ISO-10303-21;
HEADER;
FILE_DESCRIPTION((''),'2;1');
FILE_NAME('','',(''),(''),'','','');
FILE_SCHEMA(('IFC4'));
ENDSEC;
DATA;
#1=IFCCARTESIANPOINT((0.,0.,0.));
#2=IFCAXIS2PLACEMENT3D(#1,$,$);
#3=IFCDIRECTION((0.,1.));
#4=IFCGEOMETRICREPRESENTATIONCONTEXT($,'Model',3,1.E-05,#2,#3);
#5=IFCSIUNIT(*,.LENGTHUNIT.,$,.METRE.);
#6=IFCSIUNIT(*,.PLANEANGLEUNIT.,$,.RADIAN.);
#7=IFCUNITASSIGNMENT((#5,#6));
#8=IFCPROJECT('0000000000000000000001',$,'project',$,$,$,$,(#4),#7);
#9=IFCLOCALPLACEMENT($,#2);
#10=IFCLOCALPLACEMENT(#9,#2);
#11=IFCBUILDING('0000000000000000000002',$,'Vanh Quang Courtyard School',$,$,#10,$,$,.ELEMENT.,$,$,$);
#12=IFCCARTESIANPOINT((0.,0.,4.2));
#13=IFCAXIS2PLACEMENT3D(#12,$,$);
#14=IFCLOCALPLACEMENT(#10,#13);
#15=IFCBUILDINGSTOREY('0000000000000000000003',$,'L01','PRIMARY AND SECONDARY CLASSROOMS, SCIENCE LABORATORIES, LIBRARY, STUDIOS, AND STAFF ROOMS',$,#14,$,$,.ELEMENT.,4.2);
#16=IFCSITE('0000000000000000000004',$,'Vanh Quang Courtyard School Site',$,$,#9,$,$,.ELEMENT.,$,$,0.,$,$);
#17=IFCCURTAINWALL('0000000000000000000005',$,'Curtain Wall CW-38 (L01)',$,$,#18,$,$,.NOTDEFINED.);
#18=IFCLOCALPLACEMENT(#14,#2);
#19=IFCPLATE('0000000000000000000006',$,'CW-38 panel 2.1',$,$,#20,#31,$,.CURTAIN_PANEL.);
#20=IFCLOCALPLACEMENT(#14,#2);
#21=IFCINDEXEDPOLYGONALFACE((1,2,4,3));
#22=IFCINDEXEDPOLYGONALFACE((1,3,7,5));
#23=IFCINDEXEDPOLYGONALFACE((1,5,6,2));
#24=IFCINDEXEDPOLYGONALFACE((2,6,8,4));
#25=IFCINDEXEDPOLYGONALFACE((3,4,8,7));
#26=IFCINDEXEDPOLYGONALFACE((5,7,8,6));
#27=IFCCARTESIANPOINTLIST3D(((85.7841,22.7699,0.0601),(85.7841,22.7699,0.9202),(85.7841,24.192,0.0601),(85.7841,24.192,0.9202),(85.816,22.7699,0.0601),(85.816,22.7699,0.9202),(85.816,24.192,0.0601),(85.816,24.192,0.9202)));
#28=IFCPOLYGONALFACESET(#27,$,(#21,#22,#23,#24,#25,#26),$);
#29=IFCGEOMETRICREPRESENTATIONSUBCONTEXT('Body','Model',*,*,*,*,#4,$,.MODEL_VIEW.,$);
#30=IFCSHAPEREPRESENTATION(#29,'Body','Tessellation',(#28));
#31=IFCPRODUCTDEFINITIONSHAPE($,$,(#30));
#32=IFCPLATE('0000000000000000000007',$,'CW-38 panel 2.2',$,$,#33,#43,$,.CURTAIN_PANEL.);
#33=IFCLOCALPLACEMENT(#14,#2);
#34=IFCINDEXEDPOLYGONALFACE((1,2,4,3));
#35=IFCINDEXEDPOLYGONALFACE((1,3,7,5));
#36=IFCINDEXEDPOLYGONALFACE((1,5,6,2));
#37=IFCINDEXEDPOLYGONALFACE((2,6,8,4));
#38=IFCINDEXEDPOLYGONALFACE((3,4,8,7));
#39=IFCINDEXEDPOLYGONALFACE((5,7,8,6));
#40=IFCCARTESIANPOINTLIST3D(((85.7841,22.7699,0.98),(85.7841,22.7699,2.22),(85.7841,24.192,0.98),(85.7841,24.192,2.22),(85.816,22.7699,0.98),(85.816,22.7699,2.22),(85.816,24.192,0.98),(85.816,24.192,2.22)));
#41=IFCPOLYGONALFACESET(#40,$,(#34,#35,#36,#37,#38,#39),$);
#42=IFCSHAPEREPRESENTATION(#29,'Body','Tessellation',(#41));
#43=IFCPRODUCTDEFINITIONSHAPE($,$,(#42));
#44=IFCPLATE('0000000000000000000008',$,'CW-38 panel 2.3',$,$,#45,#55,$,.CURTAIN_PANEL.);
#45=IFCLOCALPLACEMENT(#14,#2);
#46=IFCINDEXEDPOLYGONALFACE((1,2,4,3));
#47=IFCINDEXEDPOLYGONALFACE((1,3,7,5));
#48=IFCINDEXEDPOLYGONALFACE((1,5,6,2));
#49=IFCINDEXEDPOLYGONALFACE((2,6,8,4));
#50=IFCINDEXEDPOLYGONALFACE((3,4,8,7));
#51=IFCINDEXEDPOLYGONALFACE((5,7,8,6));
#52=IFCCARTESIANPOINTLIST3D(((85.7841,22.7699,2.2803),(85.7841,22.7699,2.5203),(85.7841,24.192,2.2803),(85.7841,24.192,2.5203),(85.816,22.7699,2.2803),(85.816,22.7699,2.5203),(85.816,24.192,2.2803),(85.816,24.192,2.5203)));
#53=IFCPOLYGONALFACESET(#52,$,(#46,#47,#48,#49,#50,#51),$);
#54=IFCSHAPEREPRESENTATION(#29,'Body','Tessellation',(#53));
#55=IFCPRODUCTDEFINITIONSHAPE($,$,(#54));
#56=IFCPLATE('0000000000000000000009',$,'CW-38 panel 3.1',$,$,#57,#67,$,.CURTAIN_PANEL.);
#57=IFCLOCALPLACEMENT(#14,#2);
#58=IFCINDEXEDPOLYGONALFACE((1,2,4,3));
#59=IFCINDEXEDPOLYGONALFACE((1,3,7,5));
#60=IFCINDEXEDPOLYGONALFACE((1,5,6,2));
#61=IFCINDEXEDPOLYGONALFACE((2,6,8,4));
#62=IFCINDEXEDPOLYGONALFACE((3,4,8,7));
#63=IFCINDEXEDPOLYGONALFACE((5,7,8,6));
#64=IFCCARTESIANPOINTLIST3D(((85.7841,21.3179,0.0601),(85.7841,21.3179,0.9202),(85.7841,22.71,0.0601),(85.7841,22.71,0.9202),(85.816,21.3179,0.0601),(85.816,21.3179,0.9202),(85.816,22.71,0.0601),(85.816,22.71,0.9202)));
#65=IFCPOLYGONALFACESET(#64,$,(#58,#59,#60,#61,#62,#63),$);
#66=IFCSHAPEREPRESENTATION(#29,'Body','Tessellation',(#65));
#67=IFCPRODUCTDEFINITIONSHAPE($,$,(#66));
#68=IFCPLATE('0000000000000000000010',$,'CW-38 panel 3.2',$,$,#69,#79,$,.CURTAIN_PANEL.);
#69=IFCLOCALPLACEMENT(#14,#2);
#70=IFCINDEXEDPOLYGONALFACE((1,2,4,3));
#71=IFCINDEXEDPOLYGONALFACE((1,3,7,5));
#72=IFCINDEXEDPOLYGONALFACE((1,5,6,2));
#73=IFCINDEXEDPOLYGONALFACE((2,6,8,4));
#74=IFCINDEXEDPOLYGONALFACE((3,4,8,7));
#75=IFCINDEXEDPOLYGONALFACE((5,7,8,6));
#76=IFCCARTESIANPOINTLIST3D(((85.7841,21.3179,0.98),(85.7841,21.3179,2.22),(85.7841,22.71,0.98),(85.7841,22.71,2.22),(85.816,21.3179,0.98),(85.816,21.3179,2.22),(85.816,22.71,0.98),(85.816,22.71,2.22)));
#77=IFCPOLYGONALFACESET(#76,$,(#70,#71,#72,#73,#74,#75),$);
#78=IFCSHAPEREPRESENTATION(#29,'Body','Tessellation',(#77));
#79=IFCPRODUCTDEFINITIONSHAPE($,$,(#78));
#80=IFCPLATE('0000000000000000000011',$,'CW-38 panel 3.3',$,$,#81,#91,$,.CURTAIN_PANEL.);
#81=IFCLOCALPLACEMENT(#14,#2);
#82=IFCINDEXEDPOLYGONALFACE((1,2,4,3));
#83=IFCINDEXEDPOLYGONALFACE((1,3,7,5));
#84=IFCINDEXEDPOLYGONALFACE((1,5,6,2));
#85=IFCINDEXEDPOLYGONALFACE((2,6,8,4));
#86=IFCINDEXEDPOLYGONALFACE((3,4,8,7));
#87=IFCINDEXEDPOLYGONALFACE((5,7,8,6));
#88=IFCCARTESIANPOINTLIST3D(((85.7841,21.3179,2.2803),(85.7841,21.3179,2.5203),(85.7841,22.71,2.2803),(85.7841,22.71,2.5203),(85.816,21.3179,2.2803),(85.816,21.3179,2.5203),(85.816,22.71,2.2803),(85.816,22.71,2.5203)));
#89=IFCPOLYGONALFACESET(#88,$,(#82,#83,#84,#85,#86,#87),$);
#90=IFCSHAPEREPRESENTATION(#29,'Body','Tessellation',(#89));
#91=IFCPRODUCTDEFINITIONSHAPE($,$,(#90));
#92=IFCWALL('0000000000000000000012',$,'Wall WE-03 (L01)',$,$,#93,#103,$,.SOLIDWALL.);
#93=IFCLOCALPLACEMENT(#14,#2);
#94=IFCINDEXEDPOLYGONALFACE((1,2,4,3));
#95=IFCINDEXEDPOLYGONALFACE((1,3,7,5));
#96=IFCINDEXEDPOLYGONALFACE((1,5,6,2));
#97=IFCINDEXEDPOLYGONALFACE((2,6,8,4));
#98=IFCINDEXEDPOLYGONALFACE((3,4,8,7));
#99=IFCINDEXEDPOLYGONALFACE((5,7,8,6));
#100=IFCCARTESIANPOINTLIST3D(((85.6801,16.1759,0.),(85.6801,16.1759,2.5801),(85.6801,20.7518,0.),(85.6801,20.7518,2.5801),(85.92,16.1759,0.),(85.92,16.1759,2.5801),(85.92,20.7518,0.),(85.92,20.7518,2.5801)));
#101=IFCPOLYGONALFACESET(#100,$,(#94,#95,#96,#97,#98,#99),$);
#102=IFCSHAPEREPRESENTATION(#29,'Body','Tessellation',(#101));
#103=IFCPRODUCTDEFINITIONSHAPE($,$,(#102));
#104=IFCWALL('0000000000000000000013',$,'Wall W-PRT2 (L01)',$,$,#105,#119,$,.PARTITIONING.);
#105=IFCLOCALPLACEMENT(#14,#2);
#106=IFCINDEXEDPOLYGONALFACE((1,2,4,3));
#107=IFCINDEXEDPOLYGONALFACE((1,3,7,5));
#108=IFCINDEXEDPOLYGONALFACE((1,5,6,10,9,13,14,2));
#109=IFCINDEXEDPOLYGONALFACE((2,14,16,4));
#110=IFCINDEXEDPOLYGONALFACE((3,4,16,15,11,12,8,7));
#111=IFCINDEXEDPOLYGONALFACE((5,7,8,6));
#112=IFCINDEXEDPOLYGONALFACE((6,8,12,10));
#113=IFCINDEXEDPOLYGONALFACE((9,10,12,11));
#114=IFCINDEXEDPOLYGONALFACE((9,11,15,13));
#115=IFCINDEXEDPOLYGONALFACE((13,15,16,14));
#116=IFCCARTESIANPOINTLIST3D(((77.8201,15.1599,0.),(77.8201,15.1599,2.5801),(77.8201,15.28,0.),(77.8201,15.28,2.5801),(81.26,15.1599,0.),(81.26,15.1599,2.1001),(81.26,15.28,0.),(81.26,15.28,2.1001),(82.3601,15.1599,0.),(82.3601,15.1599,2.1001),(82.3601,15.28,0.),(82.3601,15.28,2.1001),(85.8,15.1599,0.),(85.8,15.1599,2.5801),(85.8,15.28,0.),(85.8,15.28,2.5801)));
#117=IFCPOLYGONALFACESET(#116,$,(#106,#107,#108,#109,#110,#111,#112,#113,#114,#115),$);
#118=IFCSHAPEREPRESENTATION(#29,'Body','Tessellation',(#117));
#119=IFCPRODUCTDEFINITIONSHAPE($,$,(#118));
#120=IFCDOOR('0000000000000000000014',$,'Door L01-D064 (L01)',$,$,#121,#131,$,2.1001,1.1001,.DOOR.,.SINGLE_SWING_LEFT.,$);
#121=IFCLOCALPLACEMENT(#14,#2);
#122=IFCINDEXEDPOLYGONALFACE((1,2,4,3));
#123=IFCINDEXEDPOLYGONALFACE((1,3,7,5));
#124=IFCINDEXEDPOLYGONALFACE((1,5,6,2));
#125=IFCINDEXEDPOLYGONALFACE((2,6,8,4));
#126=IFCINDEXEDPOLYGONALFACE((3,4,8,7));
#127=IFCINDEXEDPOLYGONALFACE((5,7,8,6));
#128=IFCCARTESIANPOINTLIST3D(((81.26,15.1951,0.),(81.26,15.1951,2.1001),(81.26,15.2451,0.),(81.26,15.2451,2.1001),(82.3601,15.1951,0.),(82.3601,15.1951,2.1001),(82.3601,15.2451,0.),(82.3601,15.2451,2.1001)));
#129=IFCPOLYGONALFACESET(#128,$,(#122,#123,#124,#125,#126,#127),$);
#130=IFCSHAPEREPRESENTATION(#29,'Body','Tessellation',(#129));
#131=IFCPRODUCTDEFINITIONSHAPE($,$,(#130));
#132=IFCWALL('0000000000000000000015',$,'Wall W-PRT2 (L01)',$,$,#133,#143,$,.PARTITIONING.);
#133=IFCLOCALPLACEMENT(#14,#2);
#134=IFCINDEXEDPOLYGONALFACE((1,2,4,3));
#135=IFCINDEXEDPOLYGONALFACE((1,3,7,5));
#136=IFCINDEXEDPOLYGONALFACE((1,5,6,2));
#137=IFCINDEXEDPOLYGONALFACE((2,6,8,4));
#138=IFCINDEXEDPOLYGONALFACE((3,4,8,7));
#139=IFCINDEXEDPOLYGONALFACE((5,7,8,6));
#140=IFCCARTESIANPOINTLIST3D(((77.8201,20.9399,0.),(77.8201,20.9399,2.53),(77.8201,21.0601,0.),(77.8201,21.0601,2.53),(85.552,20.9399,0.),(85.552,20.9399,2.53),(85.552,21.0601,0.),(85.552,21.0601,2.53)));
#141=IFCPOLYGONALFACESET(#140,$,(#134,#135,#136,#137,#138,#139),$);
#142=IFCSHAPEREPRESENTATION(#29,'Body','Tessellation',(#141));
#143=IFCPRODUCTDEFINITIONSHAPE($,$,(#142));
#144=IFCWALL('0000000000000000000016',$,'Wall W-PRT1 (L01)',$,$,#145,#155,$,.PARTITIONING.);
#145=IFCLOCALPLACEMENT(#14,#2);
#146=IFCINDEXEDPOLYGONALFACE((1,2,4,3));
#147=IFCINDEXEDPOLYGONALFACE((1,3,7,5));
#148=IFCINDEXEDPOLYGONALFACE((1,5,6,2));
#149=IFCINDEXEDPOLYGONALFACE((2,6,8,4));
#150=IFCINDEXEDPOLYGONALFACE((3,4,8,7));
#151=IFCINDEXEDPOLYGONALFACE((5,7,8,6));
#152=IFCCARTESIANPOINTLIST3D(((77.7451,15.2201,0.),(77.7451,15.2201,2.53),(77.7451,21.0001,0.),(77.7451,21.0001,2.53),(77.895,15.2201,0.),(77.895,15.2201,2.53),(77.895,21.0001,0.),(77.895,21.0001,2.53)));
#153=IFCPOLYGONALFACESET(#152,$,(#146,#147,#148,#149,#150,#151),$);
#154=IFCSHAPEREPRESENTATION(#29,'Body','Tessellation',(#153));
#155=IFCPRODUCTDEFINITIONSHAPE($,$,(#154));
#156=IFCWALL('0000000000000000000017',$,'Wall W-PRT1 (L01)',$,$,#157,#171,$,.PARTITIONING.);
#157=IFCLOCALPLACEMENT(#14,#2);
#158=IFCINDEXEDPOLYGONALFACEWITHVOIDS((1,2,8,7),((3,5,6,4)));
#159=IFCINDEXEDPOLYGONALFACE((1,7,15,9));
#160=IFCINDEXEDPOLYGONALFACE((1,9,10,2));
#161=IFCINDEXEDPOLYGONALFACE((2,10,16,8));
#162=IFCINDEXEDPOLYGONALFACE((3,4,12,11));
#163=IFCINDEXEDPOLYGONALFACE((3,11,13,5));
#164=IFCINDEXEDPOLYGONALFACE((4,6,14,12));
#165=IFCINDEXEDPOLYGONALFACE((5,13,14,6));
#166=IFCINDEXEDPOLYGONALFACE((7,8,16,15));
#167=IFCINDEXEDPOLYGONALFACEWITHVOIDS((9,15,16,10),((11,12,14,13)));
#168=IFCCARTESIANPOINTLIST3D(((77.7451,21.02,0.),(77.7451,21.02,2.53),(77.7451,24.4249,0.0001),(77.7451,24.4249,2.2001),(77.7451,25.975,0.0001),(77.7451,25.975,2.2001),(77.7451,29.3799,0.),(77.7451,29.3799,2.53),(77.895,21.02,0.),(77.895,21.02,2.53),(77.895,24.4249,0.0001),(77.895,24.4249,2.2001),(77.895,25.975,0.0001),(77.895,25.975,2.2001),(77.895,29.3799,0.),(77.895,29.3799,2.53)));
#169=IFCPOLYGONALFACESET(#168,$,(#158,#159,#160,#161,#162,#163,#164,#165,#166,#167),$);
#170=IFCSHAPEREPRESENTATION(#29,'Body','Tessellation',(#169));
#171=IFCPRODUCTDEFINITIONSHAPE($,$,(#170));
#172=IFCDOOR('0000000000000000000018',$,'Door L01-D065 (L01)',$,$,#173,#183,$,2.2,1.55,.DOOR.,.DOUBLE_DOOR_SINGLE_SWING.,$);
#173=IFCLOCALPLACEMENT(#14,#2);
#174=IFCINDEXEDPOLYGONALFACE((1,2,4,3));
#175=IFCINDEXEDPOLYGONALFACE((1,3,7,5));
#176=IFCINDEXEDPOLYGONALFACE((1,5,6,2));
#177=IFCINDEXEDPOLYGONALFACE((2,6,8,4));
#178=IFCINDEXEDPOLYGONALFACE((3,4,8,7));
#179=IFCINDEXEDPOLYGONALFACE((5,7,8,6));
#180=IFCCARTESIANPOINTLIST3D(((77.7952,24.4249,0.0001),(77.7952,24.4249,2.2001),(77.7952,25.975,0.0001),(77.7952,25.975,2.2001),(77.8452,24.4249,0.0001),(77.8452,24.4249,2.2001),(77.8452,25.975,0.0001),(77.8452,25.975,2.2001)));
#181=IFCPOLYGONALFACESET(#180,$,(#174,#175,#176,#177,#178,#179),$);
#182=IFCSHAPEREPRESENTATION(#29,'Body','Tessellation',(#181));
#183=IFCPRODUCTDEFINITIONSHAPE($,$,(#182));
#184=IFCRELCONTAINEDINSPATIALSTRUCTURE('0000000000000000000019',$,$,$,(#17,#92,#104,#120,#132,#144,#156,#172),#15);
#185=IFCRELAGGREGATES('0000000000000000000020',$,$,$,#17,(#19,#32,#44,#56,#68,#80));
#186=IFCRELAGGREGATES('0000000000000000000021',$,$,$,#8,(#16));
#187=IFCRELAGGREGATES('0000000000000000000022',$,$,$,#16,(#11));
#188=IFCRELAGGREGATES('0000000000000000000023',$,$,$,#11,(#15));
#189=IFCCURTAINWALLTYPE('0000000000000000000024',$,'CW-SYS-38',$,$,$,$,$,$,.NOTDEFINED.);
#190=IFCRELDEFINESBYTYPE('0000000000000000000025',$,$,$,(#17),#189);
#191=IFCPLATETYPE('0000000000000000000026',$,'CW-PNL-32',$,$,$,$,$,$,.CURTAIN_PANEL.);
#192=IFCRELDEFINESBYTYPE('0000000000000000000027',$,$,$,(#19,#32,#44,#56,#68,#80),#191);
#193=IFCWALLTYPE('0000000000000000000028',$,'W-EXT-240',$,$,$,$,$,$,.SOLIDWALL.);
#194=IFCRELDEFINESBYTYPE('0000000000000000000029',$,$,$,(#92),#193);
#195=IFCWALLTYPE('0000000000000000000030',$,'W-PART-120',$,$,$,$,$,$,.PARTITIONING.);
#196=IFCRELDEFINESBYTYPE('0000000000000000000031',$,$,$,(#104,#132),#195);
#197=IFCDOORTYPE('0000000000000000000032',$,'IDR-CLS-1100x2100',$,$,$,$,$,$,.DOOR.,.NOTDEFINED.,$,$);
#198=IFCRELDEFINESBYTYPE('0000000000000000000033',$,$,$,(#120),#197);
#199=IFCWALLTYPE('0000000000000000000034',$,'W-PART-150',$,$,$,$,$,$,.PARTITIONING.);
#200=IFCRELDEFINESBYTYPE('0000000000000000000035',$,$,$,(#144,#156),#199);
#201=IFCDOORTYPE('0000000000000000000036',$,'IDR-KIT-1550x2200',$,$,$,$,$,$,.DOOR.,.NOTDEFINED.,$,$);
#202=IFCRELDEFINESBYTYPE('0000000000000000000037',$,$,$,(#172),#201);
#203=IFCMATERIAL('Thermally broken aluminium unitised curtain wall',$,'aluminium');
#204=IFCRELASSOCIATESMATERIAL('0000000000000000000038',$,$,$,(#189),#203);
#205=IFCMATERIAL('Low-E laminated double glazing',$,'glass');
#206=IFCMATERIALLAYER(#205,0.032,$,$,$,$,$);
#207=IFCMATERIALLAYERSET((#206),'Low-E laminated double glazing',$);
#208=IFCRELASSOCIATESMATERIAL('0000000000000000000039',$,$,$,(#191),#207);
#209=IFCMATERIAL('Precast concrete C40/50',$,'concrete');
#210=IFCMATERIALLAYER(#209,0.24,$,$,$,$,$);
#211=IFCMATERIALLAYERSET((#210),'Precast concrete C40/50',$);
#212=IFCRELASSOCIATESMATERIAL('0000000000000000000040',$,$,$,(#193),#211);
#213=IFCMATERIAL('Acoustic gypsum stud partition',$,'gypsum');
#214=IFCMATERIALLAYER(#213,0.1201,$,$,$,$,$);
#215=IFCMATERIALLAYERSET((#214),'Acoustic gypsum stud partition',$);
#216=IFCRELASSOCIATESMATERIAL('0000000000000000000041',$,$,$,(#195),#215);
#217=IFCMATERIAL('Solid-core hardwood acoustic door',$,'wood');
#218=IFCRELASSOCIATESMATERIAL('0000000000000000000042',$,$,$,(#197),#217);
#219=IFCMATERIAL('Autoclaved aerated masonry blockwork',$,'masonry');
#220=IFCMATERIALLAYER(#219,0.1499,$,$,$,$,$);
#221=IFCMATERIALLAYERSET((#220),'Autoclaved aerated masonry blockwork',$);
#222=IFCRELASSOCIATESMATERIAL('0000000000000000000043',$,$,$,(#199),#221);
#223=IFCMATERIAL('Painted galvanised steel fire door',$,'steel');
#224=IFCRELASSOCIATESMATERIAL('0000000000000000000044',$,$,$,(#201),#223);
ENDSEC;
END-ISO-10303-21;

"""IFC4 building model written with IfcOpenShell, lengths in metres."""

from ifc_helpers import new_model, si_unit, direction, frame, frame_2d, origin, origin_2d, place, context, subcontext, project, spatial, rectangle, extrude, material, layer, layer_set, type_object, element, fill, aggregate, save


model = new_model("IFC4")

# Units and contexts
model_context = context("Model", 3, precision=1e-05, world=origin(), true_north=direction((0.0, 1.0)))
body_context = subcontext(model_context, "Body", "Model", "MODEL_VIEW")
ifc_project = project(units=[si_unit("LENGTHUNIT", "METRE"), si_unit("PLANEANGLEUNIT", "RADIAN")], contexts=[model_context])

# Site, building, storey
site_placement = place(None, origin())
site = spatial("IfcSite", under=ifc_project, at=site_placement, Name="Vanh Quang Courtyard School Site", CompositionType="ELEMENT", RefElevation=0.0)
building_placement = place(site_placement, origin())
building = spatial("IfcBuilding", under=site, at=building_placement, Name="Vanh Quang Courtyard School", CompositionType="ELEMENT")
storey_placement = place(building_placement, frame((0.0, 0.0, 4.2)))
storey = spatial("IfcBuildingStorey", under=building, at=storey_placement, Name="L01", Description="PRIMARY AND SECONDARY CLASSROOMS, SCIENCE LABORATORIES, LIBRARY, STUDIOS, AND STAFF ROOMS", CompositionType="ELEMENT", Elevation=4.2)

# Curtain wall
ifc_material_1 = material(Name="Thermally broken aluminium unitised curtain wall", Category="aluminium")
curtain_wall_type_1 = type_object("IfcCurtainWallType", Name="CW-SYS-38", PredefinedType="NOTDEFINED", material=ifc_material_1)
curtain_wall_1_placement = place(storey_placement, origin())
curtain_wall_1 = element("IfcCurtainWall", 1, at=curtain_wall_1_placement, inside=storey, type_object=curtain_wall_type_1, Name="Curtain Wall CW-38 (L01)", PredefinedType="NOTDEFINED")

# Plates
ifc_material_2 = material(Name="Low-E laminated double glazing", Category="glass")
ifc_layer_1 = layer(ifc_material_2, 0.032)
ifc_layer_set_1 = layer_set([ifc_layer_1], Name="Low-E laminated double glazing")
plate_type = type_object("IfcPlateType", Name="CW-PNL-32", PredefinedType="CURTAIN_PANEL", material=ifc_layer_set_1)
plate_1_placement = place(storey_placement, frame((85.8, 23.481, 0.0601), z_axis=(0.0, 0.0, 1.0), x_axis=(0.0, -1.0, 0.0)))
plate_1 = element("IfcPlate", 2, at=plate_1_placement, type_object=plate_type, Name="CW-38 panel 2.1", PredefinedType="CURTAIN_PANEL", context=body_context, shape_type="SweptSolid", body=[
    extrude(rectangle(XDim=1.4221, YDim=0.032, at=origin_2d()), origin(), (0.0, 0.0, 1.0), 0.8601),
])
plate_2_placement = place(storey_placement, frame((85.8, 23.481, 0.98), z_axis=(0.0, 0.0, 1.0), x_axis=(0.0, -1.0, 0.0)))
plate_2 = element("IfcPlate", 3, at=plate_2_placement, type_object=plate_type, Name="CW-38 panel 2.2", PredefinedType="CURTAIN_PANEL", context=body_context, shape_type="SweptSolid", body=[
    extrude(rectangle(XDim=1.4221, YDim=0.032, at=origin_2d()), origin(), (0.0, 0.0, 1.0), 1.24),
])
plate_3_placement = place(storey_placement, frame((85.8, 23.481, 2.2803), z_axis=(0.0, 0.0, 1.0), x_axis=(0.0, -1.0, 0.0)))
plate_3 = element("IfcPlate", 4, at=plate_3_placement, type_object=plate_type, Name="CW-38 panel 2.3", PredefinedType="CURTAIN_PANEL", context=body_context, shape_type="SweptSolid", body=[
    extrude(rectangle(XDim=1.4221, YDim=0.032, at=origin_2d()), origin(), (0.0, 0.0, 1.0), 0.24),
])
plate_4_placement = place(storey_placement, frame((85.8, 22.0139, 0.0601), z_axis=(0.0, 0.0, 1.0), x_axis=(0.0, -1.0, 0.0)))
plate_4 = element("IfcPlate", 5, at=plate_4_placement, type_object=plate_type, Name="CW-38 panel 3.1", PredefinedType="CURTAIN_PANEL", context=body_context, shape_type="SweptSolid", body=[
    extrude(rectangle(XDim=1.3921, YDim=0.032, at=origin_2d()), origin(), (0.0, 0.0, 1.0), 0.8601),
])
plate_5_placement = place(storey_placement, frame((85.8, 22.0139, 0.98), z_axis=(0.0, 0.0, 1.0), x_axis=(0.0, -1.0, 0.0)))
plate_5 = element("IfcPlate", 6, at=plate_5_placement, type_object=plate_type, Name="CW-38 panel 3.2", PredefinedType="CURTAIN_PANEL", context=body_context, shape_type="SweptSolid", body=[
    extrude(rectangle(XDim=1.3921, YDim=0.032, at=origin_2d()), origin(), (0.0, 0.0, 1.0), 1.24),
])
plate_6_placement = place(storey_placement, frame((85.8, 22.0139, 2.2803), z_axis=(0.0, 0.0, 1.0), x_axis=(0.0, -1.0, 0.0)))
plate_6 = element("IfcPlate", 7, at=plate_6_placement, type_object=plate_type, Name="CW-38 panel 3.3", PredefinedType="CURTAIN_PANEL", context=body_context, shape_type="SweptSolid", body=[
    extrude(rectangle(XDim=1.3921, YDim=0.032, at=origin_2d()), origin(), (0.0, 0.0, 1.0), 0.24),
])
aggregate(curtain_wall_1, [plate_1, plate_2, plate_3, plate_4, plate_5, plate_6])

# Wall
ifc_material_3 = material(Name="Precast concrete C40/50", Category="concrete")
ifc_layer_2 = layer(ifc_material_3, 0.24)
ifc_layer_set_2 = layer_set([ifc_layer_2], Name="Precast concrete C40/50")
wall_type_1 = type_object("IfcWallType", Name="W-EXT-240", PredefinedType="SOLIDWALL", material=ifc_layer_set_2)
wall_1_placement = place(storey_placement, frame((85.8, 20.752, 0.0), z_axis=(0.0, 0.0, 1.0), x_axis=(0.0, -1.0, 0.0)))
element("IfcWall", 8, at=wall_1_placement, inside=storey, type_object=wall_type_1, Name="Wall WE-03 (L01)", PredefinedType="SOLIDWALL", context=body_context, shape_type="SweptSolid", body=[
    extrude(rectangle(XDim=4.5759, YDim=0.24, at=frame_2d((2.2881, 0.0))), origin(), (0.0, 0.0, 1.0), 2.5801),
])

# Wall, opening, door
ifc_material_4 = material(Name="Acoustic gypsum stud partition", Category="gypsum")
ifc_layer_3 = layer(ifc_material_4, 0.1201)
ifc_layer_set_3 = layer_set([ifc_layer_3], Name="Acoustic gypsum stud partition")
wall_type_2 = type_object("IfcWallType", Name="W-PART-120", PredefinedType="PARTITIONING", material=ifc_layer_set_3)
wall_2_placement = place(storey_placement, frame((85.8, 15.22, 0.0), z_axis=(0.0, 0.0, 1.0), x_axis=(-1.0, 0.0, 0.0)))
wall_2 = element("IfcWall", 9, at=wall_2_placement, inside=storey, type_object=wall_type_2, Name="Wall W-PRT2 (L01)", PredefinedType="PARTITIONING", context=body_context, shape_type="SweptSolid", body=[
    extrude(rectangle(XDim=7.98, YDim=0.1201, at=frame_2d((3.99, 0.0))), origin(), (0.0, 0.0, 1.0), 2.5801),
])
opening_1_placement = place(wall_2_placement, frame((3.4399, 0.0, 0.0)))
opening_1 = element("IfcOpeningElement", 10, at=opening_1_placement, cuts=wall_2, PredefinedType="OPENING", context=body_context, shape_type="SweptSolid", body=[
    extrude(rectangle(XDim=1.1001, YDim=2.1001, at=frame_2d((0.55, 1.05))), frame((0.0, 0.0701, 0.0), z_axis=(0.0, -1.0, 0.0), x_axis=(1.0, 0.0, 0.0)), (0.0, 0.0, 1.0), 0.1401),
])
ifc_material_5 = material(Name="Solid-core hardwood acoustic door", Category="wood")
door_type_1 = type_object("IfcDoorType", Name="IDR-CLS-1100x2100", OperationType="NOTDEFINED", PredefinedType="DOOR", material=ifc_material_5)
door_1_placement = place(opening_1_placement, origin())
door_1 = element("IfcDoor", 11, at=door_1_placement, inside=storey, type_object=door_type_1, Name="Door L01-D064 (L01)", OperationType="SINGLE_SWING_LEFT", OverallHeight=2.1001, OverallWidth=1.1001, PredefinedType="DOOR", context=body_context, shape_type="SweptSolid", body=[
    extrude(rectangle(XDim=1.1001, YDim=2.1001, at=frame_2d((0.55, 1.05))), frame((0.0, 0.0249, 0.0), z_axis=(0.0, -1.0, 0.0), x_axis=(1.0, 0.0, 0.0)), (0.0, 0.0, 1.0), 0.05),
])
fill(opening_1, door_1)

# Walls
wall_3_placement = place(storey_placement, frame((77.8201, 21.0, 0.0), z_axis=(0.0, 0.0, 1.0), x_axis=(1.0, 0.0, 0.0)))
element("IfcWall", 12, at=wall_3_placement, inside=storey, type_object=wall_type_2, Name="Wall W-PRT2 (L01)", PredefinedType="PARTITIONING", context=body_context, shape_type="SweptSolid", body=[
    extrude(rectangle(XDim=7.7319, YDim=0.1201, at=frame_2d((3.866, 0.0))), origin(), (0.0, 0.0, 1.0), 2.53),
])
ifc_material_6 = material(Name="Autoclaved aerated masonry blockwork", Category="masonry")
ifc_layer_4 = layer(ifc_material_6, 0.1499)
ifc_layer_set_4 = layer_set([ifc_layer_4], Name="Autoclaved aerated masonry blockwork")
wall_type_3 = type_object("IfcWallType", Name="W-PART-150", PredefinedType="PARTITIONING", material=ifc_layer_set_4)
wall_4_placement = place(storey_placement, frame((77.8201, 15.22, 0.0), z_axis=(0.0, 0.0, 1.0), x_axis=(0.0, 1.0, 0.0)))
element("IfcWall", 13, at=wall_4_placement, inside=storey, type_object=wall_type_3, Name="Wall W-PRT1 (L01)", PredefinedType="PARTITIONING", context=body_context, shape_type="SweptSolid", body=[
    extrude(rectangle(XDim=5.78, YDim=0.1499, at=frame_2d((2.8901, 0.0))), origin(), (0.0, 0.0, 1.0), 2.53),
])

# Wall, opening, door
wall_5_placement = place(storey_placement, frame((77.8201, 21.02, 0.0), z_axis=(0.0, 0.0, 1.0), x_axis=(0.0, 1.0, 0.0)))
wall_5 = element("IfcWall", 14, at=wall_5_placement, inside=storey, type_object=wall_type_3, Name="Wall W-PRT1 (L01)", PredefinedType="PARTITIONING", context=body_context, shape_type="SweptSolid", body=[
    extrude(rectangle(XDim=8.3599, YDim=0.1499, at=frame_2d((4.1799, 0.0))), origin(), (0.0, 0.0, 1.0), 2.53),
])
opening_2_placement = place(wall_5_placement, frame((3.405, 0.0, 0.0)))
opening_2 = element("IfcOpeningElement", 15, at=opening_2_placement, cuts=wall_5, PredefinedType="OPENING", context=body_context, shape_type="SweptSolid", body=[
    extrude(rectangle(XDim=1.55, YDim=2.2, at=frame_2d((0.7749, 1.1001))), frame((0.0, 0.085, 0.0), z_axis=(0.0, -1.0, 0.0), x_axis=(1.0, 0.0, 0.0)), (0.0, 0.0, 1.0), 0.1699),
])
ifc_material_7 = material(Name="Painted galvanised steel fire door", Category="steel")
door_type_2 = type_object("IfcDoorType", Name="IDR-KIT-1550x2200", OperationType="NOTDEFINED", PredefinedType="DOOR", material=ifc_material_7)
door_2_placement = place(opening_2_placement, origin())
door_2 = element("IfcDoor", 16, at=door_2_placement, inside=storey, type_object=door_type_2, Name="Door L01-D065 (L01)", OperationType="DOUBLE_DOOR_SINGLE_SWING", OverallHeight=2.2, OverallWidth=1.55, PredefinedType="DOOR", context=body_context, shape_type="SweptSolid", body=[
    extrude(rectangle(XDim=1.55, YDim=2.2, at=frame_2d((0.7749, 1.1001))), frame((0.0, 0.0249, 0.0), z_axis=(0.0, -1.0, 0.0), x_axis=(1.0, 0.0, 0.0)), (0.0, 0.0, 1.0), 0.05),
])
fill(opening_2, door_2)

save(model, "model.ifc")
